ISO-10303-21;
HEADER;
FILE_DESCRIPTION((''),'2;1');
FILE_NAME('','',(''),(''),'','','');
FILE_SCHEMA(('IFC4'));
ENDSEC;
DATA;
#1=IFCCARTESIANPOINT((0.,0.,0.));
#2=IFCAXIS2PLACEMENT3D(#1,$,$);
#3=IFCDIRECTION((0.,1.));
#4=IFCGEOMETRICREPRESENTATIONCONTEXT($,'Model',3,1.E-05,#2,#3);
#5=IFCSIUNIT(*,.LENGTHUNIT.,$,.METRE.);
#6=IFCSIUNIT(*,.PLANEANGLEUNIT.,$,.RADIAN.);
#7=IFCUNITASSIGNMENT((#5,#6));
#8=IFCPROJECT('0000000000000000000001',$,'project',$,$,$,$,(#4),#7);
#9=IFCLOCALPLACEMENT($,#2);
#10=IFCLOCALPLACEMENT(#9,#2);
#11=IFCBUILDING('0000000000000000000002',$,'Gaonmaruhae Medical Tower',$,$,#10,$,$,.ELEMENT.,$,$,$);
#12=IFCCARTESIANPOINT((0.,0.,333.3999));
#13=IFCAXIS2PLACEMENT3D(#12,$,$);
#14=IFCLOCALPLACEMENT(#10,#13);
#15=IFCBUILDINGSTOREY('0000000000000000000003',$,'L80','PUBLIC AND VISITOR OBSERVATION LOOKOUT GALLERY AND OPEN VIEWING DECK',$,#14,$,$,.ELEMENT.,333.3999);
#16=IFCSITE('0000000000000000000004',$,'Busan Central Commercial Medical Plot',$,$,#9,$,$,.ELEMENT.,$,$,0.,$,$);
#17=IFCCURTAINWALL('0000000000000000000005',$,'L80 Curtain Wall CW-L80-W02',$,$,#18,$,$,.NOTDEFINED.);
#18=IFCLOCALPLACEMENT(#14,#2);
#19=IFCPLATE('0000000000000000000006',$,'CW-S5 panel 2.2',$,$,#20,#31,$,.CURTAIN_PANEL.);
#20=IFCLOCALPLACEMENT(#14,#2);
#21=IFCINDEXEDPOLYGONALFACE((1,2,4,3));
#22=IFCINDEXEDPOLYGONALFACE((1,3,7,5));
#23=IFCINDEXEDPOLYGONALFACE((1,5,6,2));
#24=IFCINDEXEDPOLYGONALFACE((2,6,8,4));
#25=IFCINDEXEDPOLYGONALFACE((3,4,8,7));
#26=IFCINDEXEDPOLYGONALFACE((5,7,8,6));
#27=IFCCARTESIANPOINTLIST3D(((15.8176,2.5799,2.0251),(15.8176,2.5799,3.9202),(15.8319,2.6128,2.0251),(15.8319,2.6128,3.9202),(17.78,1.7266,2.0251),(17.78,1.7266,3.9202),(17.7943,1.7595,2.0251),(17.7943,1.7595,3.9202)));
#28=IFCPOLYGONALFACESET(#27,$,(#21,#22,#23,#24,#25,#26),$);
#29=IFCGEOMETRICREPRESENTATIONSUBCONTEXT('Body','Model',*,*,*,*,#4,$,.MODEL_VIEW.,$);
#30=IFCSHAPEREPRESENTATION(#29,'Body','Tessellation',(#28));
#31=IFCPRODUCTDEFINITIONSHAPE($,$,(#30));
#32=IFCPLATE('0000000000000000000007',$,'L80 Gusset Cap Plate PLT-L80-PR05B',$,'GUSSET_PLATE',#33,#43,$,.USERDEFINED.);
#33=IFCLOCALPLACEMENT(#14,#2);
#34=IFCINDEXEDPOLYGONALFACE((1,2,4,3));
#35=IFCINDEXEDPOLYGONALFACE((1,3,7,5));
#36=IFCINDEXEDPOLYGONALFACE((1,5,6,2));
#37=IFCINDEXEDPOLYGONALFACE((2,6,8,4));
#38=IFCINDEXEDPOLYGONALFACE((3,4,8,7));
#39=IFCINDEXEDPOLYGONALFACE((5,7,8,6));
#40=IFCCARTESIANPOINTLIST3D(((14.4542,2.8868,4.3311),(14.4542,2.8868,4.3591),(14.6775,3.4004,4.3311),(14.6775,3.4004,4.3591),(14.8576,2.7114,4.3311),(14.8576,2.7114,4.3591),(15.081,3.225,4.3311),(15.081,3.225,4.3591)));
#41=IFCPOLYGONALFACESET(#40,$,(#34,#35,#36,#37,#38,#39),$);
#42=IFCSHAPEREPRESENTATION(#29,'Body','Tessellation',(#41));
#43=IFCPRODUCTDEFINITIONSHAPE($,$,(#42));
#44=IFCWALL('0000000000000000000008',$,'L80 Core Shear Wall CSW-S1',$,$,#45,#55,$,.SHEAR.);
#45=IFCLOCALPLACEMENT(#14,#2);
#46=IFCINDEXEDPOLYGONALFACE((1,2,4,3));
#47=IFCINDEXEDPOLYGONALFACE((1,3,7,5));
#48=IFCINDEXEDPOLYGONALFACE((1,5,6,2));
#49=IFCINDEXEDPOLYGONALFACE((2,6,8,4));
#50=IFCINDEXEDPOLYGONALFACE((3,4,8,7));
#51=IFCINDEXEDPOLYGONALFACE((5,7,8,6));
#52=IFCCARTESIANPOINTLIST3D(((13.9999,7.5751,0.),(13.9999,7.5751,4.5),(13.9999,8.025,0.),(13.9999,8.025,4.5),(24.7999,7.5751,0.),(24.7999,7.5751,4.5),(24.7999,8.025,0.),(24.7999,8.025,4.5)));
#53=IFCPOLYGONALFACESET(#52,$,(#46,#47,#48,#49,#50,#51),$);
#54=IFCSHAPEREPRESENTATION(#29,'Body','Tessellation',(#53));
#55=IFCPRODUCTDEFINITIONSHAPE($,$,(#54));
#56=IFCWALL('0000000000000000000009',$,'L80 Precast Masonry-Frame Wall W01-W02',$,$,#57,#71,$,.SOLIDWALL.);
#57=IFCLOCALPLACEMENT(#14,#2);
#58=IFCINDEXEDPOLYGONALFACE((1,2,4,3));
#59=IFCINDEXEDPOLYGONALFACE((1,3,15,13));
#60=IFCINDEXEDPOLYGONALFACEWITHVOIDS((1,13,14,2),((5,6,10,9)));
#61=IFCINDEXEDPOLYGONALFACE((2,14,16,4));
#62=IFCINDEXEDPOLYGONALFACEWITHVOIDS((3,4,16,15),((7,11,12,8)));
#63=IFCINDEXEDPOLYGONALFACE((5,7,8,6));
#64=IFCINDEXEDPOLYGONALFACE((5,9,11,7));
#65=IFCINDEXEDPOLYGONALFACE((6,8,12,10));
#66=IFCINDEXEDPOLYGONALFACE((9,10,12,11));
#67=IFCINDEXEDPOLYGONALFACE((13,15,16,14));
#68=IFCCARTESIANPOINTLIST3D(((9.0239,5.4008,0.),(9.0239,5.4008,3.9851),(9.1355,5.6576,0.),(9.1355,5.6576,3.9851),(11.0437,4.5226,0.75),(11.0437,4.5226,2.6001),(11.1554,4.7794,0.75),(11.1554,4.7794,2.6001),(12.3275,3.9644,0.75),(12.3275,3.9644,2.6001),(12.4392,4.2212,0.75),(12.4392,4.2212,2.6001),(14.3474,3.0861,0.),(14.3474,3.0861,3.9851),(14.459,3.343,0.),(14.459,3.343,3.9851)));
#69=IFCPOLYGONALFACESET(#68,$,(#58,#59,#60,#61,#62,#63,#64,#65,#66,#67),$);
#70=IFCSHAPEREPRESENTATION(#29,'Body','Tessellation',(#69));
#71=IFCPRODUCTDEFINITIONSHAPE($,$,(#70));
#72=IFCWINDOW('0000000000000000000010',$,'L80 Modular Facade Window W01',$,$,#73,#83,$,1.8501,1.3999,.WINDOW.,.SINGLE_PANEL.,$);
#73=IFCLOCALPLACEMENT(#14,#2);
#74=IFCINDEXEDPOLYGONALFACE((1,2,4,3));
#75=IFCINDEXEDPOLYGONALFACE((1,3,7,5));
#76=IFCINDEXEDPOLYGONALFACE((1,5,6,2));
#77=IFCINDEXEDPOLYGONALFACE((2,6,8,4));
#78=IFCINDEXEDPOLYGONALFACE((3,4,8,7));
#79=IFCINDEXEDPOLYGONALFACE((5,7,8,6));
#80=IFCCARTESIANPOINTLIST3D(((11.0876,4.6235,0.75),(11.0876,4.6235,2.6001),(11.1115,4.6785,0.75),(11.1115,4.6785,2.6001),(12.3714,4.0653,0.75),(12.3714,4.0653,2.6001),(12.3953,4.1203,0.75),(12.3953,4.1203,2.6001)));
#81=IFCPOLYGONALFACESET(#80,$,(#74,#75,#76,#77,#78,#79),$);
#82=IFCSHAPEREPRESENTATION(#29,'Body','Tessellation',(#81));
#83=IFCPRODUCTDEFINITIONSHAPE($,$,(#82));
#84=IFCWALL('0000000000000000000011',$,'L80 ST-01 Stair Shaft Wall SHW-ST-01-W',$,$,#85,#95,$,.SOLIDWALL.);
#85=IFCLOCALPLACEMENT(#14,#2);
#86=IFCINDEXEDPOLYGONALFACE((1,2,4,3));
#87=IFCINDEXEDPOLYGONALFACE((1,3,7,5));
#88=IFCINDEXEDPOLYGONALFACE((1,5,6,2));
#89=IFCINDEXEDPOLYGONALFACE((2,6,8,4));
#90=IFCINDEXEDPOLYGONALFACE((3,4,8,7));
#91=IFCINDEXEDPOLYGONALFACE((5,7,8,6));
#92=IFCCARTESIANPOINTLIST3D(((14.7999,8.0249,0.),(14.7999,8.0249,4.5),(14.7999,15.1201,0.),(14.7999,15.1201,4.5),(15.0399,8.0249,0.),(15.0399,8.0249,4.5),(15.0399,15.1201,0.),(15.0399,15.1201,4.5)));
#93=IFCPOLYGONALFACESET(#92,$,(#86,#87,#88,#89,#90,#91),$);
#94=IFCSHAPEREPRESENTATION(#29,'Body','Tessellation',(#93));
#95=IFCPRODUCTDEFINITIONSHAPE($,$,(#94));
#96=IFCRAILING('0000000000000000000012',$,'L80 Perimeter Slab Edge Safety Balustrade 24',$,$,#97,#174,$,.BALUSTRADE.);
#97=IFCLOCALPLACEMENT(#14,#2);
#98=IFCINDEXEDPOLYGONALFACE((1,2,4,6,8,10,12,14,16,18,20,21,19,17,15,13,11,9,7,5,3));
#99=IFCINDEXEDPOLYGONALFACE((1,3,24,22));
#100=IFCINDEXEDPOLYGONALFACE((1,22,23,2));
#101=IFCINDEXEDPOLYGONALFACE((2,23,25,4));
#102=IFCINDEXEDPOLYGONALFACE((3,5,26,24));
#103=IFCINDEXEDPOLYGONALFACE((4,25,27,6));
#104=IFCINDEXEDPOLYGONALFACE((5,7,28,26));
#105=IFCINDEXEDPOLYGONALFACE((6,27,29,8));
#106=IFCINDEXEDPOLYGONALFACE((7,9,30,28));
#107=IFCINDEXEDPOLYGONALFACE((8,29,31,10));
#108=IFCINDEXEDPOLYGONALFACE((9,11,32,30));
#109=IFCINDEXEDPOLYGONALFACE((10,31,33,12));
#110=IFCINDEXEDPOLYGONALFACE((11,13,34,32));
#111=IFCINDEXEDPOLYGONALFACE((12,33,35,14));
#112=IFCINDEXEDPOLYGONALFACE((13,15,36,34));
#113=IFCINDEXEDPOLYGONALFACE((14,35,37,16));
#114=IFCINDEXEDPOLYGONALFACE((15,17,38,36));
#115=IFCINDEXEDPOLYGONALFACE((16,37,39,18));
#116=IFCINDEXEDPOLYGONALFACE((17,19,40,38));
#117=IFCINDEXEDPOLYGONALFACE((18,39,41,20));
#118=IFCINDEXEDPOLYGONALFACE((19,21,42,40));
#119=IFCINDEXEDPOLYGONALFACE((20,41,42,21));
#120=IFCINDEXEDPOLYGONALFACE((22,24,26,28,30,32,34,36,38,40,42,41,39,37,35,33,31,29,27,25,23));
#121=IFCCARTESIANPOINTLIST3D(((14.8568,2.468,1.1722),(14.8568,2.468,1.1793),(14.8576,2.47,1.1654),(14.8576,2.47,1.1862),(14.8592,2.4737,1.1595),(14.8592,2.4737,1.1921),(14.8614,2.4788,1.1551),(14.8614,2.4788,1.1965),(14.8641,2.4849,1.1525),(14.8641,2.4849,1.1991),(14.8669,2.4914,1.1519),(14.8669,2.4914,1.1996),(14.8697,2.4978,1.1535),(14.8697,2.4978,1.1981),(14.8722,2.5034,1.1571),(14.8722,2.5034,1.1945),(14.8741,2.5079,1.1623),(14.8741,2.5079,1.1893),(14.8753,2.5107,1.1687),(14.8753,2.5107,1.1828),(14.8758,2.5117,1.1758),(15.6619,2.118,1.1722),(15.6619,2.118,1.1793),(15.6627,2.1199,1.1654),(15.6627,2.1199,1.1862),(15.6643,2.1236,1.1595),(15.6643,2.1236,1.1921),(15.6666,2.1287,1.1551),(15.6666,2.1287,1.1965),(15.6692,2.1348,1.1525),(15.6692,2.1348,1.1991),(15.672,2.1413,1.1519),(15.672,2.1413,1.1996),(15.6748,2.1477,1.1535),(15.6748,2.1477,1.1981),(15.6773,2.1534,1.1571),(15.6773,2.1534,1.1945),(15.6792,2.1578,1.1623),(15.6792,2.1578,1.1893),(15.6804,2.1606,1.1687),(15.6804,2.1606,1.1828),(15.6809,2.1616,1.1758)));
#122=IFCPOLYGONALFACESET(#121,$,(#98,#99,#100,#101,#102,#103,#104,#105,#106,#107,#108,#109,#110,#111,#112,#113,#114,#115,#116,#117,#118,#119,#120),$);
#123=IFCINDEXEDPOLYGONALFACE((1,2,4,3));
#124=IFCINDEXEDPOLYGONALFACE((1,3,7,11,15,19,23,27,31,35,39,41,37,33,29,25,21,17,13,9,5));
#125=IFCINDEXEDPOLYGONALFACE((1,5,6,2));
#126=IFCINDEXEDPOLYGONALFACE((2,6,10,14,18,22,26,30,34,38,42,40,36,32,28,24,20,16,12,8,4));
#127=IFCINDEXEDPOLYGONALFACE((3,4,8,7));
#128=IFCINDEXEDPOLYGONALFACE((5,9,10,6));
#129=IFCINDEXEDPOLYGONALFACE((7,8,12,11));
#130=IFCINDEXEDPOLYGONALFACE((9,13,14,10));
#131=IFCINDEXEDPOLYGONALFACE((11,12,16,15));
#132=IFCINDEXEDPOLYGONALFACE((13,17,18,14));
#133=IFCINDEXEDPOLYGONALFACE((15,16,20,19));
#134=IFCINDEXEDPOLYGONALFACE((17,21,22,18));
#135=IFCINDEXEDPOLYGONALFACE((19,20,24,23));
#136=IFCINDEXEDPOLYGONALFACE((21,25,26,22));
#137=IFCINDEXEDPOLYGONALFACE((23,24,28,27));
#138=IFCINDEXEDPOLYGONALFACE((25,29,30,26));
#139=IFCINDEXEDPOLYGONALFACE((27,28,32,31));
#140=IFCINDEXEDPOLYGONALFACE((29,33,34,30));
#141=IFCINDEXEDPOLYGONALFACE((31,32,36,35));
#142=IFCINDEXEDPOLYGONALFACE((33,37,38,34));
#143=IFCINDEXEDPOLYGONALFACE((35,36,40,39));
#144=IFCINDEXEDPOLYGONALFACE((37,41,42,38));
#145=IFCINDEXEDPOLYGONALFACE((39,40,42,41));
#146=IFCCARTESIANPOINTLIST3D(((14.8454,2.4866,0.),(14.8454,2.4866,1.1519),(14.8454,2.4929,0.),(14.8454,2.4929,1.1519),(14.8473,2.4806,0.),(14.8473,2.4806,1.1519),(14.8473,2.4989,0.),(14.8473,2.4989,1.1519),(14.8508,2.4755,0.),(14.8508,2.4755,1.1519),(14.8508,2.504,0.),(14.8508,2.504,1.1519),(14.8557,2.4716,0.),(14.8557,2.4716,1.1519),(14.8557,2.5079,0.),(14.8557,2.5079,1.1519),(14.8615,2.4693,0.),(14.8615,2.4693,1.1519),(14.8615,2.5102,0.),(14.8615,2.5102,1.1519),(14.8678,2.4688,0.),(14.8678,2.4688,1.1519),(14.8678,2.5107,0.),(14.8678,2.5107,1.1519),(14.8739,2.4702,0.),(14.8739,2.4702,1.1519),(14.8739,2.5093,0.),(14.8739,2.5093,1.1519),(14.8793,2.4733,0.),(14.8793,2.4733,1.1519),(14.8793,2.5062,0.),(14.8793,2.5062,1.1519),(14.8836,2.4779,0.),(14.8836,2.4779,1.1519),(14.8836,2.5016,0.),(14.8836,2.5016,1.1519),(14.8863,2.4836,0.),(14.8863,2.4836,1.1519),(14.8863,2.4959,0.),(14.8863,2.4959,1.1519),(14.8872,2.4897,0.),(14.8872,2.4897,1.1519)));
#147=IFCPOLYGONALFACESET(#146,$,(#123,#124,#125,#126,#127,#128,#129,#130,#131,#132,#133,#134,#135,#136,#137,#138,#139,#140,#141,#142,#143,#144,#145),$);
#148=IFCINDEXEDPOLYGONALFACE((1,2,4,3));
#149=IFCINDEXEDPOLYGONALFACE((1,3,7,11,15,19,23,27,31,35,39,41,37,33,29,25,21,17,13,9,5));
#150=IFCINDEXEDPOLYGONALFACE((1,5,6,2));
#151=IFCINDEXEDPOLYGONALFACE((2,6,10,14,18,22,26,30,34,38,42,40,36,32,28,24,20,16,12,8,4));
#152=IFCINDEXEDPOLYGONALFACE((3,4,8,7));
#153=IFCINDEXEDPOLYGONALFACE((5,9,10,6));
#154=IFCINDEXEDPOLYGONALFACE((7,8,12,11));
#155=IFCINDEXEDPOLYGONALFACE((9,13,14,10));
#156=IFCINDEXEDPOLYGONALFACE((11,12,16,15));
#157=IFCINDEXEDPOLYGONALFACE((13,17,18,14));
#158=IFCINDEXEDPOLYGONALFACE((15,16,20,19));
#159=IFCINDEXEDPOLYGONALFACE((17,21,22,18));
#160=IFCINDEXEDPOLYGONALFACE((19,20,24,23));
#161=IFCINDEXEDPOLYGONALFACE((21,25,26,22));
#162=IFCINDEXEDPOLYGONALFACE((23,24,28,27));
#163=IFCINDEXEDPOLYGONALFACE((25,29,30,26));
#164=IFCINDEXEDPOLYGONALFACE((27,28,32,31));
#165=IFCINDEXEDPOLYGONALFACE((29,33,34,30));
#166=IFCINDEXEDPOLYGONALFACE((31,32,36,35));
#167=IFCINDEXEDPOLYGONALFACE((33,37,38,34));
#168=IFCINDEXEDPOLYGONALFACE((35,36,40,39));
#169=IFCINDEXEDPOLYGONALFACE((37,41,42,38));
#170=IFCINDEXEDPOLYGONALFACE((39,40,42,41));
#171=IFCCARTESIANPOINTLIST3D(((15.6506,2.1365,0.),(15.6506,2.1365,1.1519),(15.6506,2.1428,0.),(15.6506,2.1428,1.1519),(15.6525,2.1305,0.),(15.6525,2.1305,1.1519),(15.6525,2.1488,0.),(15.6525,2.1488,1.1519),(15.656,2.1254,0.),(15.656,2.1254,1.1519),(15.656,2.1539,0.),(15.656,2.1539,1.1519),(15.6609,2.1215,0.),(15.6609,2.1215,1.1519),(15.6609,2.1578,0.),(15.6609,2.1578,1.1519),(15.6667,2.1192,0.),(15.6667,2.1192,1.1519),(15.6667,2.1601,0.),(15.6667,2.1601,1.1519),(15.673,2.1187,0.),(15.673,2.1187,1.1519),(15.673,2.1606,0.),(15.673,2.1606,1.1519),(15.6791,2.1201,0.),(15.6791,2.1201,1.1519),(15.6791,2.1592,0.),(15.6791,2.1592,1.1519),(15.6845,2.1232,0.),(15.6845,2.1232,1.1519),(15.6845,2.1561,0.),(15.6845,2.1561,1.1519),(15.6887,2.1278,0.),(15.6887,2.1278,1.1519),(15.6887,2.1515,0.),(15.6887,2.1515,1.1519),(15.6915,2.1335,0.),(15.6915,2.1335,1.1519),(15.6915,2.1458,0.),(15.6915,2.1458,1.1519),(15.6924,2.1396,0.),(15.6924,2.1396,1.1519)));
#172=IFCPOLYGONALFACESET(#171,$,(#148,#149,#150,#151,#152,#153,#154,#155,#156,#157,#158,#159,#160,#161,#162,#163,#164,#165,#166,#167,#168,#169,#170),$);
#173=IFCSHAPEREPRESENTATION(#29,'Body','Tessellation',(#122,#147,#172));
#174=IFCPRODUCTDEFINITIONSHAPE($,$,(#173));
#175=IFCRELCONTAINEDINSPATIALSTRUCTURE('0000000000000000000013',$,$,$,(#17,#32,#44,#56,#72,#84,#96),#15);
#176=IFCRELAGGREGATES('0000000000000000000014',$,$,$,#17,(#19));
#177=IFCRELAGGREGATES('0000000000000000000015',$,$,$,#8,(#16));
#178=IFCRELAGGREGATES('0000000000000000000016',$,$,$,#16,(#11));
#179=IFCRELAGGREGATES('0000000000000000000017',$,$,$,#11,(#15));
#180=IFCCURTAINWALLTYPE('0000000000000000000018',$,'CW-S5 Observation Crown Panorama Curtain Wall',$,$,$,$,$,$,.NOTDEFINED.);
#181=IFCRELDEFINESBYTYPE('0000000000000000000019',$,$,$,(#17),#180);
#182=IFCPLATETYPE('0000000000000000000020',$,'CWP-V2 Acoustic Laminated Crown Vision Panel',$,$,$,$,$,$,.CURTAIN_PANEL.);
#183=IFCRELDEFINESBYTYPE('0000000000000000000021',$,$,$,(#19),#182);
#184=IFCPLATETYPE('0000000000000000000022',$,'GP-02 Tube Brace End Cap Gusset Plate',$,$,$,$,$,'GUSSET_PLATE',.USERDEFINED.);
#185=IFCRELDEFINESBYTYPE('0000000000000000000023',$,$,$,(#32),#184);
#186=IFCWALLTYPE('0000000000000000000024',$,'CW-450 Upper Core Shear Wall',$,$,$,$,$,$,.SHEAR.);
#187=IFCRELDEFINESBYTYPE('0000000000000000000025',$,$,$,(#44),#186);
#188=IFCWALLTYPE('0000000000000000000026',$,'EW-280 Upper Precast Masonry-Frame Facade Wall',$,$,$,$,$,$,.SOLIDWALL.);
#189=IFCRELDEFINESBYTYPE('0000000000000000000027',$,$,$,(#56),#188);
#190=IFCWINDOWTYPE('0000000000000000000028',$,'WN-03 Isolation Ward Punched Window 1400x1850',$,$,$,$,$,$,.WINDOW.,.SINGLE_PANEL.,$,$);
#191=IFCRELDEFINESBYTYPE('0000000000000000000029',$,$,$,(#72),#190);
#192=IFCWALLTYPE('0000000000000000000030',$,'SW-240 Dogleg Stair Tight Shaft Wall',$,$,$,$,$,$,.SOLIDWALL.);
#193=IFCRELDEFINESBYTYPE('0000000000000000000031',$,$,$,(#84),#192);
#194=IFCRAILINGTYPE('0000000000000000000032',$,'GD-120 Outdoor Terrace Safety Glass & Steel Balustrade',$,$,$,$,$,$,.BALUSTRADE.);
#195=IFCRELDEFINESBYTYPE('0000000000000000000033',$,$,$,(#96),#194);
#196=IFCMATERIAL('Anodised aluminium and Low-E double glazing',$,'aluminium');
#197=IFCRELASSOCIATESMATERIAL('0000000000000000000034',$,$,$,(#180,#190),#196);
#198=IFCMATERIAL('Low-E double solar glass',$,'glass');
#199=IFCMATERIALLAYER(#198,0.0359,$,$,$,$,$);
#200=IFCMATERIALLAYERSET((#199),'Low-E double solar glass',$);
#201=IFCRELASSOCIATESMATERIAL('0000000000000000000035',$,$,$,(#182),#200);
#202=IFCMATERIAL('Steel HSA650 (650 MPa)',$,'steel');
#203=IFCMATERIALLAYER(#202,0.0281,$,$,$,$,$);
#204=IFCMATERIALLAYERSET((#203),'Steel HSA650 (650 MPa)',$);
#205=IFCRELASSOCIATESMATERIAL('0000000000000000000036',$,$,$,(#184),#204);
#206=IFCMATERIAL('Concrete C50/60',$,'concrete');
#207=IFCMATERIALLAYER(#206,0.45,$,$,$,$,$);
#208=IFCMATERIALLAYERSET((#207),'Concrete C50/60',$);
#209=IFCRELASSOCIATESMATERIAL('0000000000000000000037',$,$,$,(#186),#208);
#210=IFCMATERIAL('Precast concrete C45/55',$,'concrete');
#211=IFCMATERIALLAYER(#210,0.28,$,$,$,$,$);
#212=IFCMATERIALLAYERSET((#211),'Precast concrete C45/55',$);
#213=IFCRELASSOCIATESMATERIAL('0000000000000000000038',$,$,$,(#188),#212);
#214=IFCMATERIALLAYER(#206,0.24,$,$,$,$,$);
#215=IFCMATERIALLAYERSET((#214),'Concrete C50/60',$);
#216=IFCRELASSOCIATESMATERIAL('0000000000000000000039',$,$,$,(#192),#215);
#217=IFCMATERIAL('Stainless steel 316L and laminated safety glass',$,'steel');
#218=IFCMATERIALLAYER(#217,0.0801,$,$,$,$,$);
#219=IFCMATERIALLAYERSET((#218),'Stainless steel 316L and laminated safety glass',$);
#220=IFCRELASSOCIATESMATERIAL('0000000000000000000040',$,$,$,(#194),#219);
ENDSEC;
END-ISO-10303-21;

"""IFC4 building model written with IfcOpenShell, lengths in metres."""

from ifc_helpers import new_model, si_unit, direction, frame, frame_2d, origin, origin_2d, place, context, subcontext, project, spatial, rectangle, circle, extrude, material, layer, layer_set, type_object, element, fill, aggregate, save


model = new_model("IFC4")

# Units and contexts
model_context = context("Model", 3, precision=1e-05, world=origin(), true_north=direction((0.0, 1.0)))
body_context = subcontext(model_context, "Body", "Model", "MODEL_VIEW")
ifc_project = project(units=[si_unit("LENGTHUNIT", "METRE"), si_unit("PLANEANGLEUNIT", "RADIAN")], contexts=[model_context])

# Site, building, storey
site_placement = place(None, origin())
site = spatial("IfcSite", under=ifc_project, at=site_placement, Name="Busan Central Commercial Medical Plot", CompositionType="ELEMENT", RefElevation=0.0)
building_placement = place(site_placement, origin())
building = spatial("IfcBuilding", under=site, at=building_placement, Name="Gaonmaruhae Medical Tower", CompositionType="ELEMENT")
storey_placement = place(building_placement, frame((0.0, 0.0, 333.3999)))
storey = spatial("IfcBuildingStorey", under=building, at=storey_placement, Name="L80", Description="PUBLIC AND VISITOR OBSERVATION LOOKOUT GALLERY AND OPEN VIEWING DECK", CompositionType="ELEMENT", Elevation=333.3999)

# Shared definitions
ifc_material_1 = material(Name="Concrete C50/60", Category="concrete")

# Curtain wall
ifc_material_2 = material(Name="Anodised aluminium and Low-E double glazing", Category="aluminium")
curtain_wall_type = type_object("IfcCurtainWallType", Name="CW-S5 Observation Crown Panorama Curtain Wall", PredefinedType="NOTDEFINED", material=ifc_material_2)
curtain_wall_placement = place(storey_placement, origin())
curtain_wall = element("IfcCurtainWall", 1, at=curtain_wall_placement, inside=storey, type_object=curtain_wall_type, Name="L80 Curtain Wall CW-L80-W02", PredefinedType="NOTDEFINED")

# Plates
ifc_material_3 = material(Name="Low-E double solar glass", Category="glass")
ifc_layer_1 = layer(ifc_material_3, 0.0359)
ifc_layer_set_1 = layer_set([ifc_layer_1], Name="Low-E double solar glass")
plate_type_1 = type_object("IfcPlateType", Name="CWP-V2 Acoustic Laminated Crown Vision Panel", PredefinedType="CURTAIN_PANEL", material=ifc_layer_set_1)
plate_1_placement = place(storey_placement, frame((16.8059, 2.1697, 2.0251), z_axis=(0.0, 0.0, 1.0), x_axis=(-0.917055, 0.39876, 0.0)))
plate_1 = element("IfcPlate", 2, at=plate_1_placement, type_object=plate_type_1, Name="CW-S5 panel 2.2", PredefinedType="CURTAIN_PANEL", context=body_context, shape_type="SweptSolid", body=[
    extrude(rectangle(XDim=2.1399, YDim=0.0359, at=origin_2d()), origin(), (0.0, 0.0, 1.0), 1.895),
])
aggregate(curtain_wall, [plate_1])
ifc_material_4 = material(Name="Steel HSA650 (650 MPa)", Category="steel")
ifc_layer_2 = layer(ifc_material_4, 0.0281)
ifc_layer_set_2 = layer_set([ifc_layer_2], Name="Steel HSA650 (650 MPa)")
plate_type_2 = type_object("IfcPlateType", Name="GP-02 Tube Brace End Cap Gusset Plate", ElementType="GUSSET_PLATE", PredefinedType="USERDEFINED", material=ifc_layer_set_2)
plate_2_placement = place(storey_placement, frame((14.7676, 3.0559, 4.3311), z_axis=(0.0, 0.0, 1.0), x_axis=(0.398749, 0.91706, 0.0)))
element("IfcPlate", 3, at=plate_2_placement, inside=storey, type_object=plate_type_2, Name="L80 Gusset Cap Plate PLT-L80-PR05B", ObjectType="GUSSET_PLATE", PredefinedType="USERDEFINED", context=body_context, shape_type="SweptSolid", body=[
    extrude(rectangle(XDim=0.5601, YDim=0.4399, at=origin_2d()), origin(), (0.0, 0.0, 1.0), 0.0281),
])

# Wall
ifc_layer_3 = layer(ifc_material_1, 0.45)
ifc_layer_set_3 = layer_set([ifc_layer_3], Name="Concrete C50/60")
wall_type_1 = type_object("IfcWallType", Name="CW-450 Upper Core Shear Wall", PredefinedType="SHEAR", material=ifc_layer_set_3)
wall_1_placement = place(storey_placement, frame((14.0, 7.8, 0.0), z_axis=(0.0, 0.0, 1.0), x_axis=(1.0, 0.0, 0.0)))
element("IfcWall", 4, at=wall_1_placement, inside=storey, type_object=wall_type_1, Name="L80 Core Shear Wall CSW-S1", PredefinedType="SHEAR", context=body_context, shape_type="SweptSolid", body=[
    extrude(rectangle(XDim=10.8, YDim=0.45, at=frame_2d((5.3999, 0.0))), origin(), (0.0, 0.0, 1.0), 4.5),
])

# Wall, opening, window
ifc_material_5 = material(Name="Precast concrete C45/55", Category="concrete")
ifc_layer_4 = layer(ifc_material_5, 0.28)
ifc_layer_set_4 = layer_set([ifc_layer_4], Name="Precast concrete C45/55")
wall_type_2 = type_object("IfcWallType", Name="EW-280 Upper Precast Masonry-Frame Facade Wall", PredefinedType="SOLIDWALL", material=ifc_layer_set_4)
wall_2_placement = place(storey_placement, frame((14.4031, 3.2146, 0.0), z_axis=(0.0, 0.0, 1.0), x_axis=(-0.917061, 0.398746, 0.0)))
wall_2 = element("IfcWall", 5, at=wall_2_placement, inside=storey, type_object=wall_type_2, Name="L80 Precast Masonry-Frame Wall W01-W02", PredefinedType="SOLIDWALL", context=body_context, shape_type="SweptSolid", body=[
    extrude(rectangle(XDim=5.8049, YDim=0.28, at=frame_2d((2.9023, 0.0))), origin(), (0.0, 0.0, 1.0), 3.9851),
])
opening_placement = place(wall_2_placement, frame((2.2024, 0.0, 0.75)))
opening = element("IfcOpeningElement", 6, at=opening_placement, cuts=wall_2, PredefinedType="OPENING", context=body_context, shape_type="SweptSolid", body=[
    extrude(rectangle(XDim=1.3999, YDim=1.8501, at=frame_2d((0.7, 0.925))), frame((0.0, 0.1499, 0.0), z_axis=(0.0, -1.0, 0.0), x_axis=(1.0, 0.0, 0.0)), (0.0, 0.0, 1.0), 0.3),
])
window_type = type_object("IfcWindowType", Name="WN-03 Isolation Ward Punched Window 1400x1850", PartitioningType="SINGLE_PANEL", PredefinedType="WINDOW", material=ifc_material_2)
window_placement = place(opening_placement, origin())
window = element("IfcWindow", 7, at=window_placement, inside=storey, type_object=window_type, Name="L80 Modular Facade Window W01", OverallHeight=1.8501, OverallWidth=1.3999, PartitioningType="SINGLE_PANEL", PredefinedType="WINDOW", context=body_context, shape_type="SweptSolid", body=[
    extrude(rectangle(XDim=1.3999, YDim=1.8501, at=frame_2d((0.7, 0.925))), frame((0.0, 0.03, 0.0), z_axis=(0.0, -1.0, 0.0), x_axis=(1.0, 0.0, 0.0)), (0.0, 0.0, 1.0), 0.0601),
])
fill(opening, window)

# Wall
ifc_layer_5 = layer(ifc_material_1, 0.24)
ifc_layer_set_5 = layer_set([ifc_layer_5], Name="Concrete C50/60")
wall_type_3 = type_object("IfcWallType", Name="SW-240 Dogleg Stair Tight Shaft Wall", PredefinedType="SOLIDWALL", material=ifc_layer_set_5)
wall_3_placement = place(storey_placement, frame((14.9199, 8.0249, 0.0), z_axis=(0.0, 0.0, 1.0), x_axis=(0.0, 1.0, 0.0)))
element("IfcWall", 8, at=wall_3_placement, inside=storey, type_object=wall_type_3, Name="L80 ST-01 Stair Shaft Wall SHW-ST-01-W", PredefinedType="SOLIDWALL", context=body_context, shape_type="SweptSolid", body=[
    extrude(rectangle(XDim=7.0952, YDim=0.24, at=frame_2d((3.5476, 0.0))), origin(), (0.0, 0.0, 1.0), 4.5),
])

# Railing
ifc_material_6 = material(Name="Stainless steel 316L and laminated safety glass", Category="steel")
ifc_layer_6 = layer(ifc_material_6, 0.0801)
ifc_layer_set_6 = layer_set([ifc_layer_6], Name="Stainless steel 316L and laminated safety glass")
railing_type_1 = type_object("IfcRailingType", Name="GD-120 Outdoor Terrace Safety Glass & Steel Balustrade", PredefinedType="BALUSTRADE", material=ifc_layer_set_6)
for number, where, name in (
    (9, (14.8662, 2.4897, 0.0), "L80 Perimeter Slab Edge Safety Balustrade 24"),
):
    element("IfcRailing", number, at=place(storey_placement, frame(where)), inside=storey, type_object=railing_type_1, Name=name, PredefinedType="BALUSTRADE", context=body_context, shape_type="SweptSolid", body=[
        extrude(circle(Radius=0.0239, at=origin_2d()), frame((0.0, 0.0, 1.1758), z_axis=(0.917061, -0.398746, 0.0), x_axis=(0.398746, 0.917061, 0.0)), (0.0, 0.0, 1.0), 0.8779),
        extrude(circle(Radius=0.021, at=origin_2d()), origin(), (0.0, 0.0, 1.0), 1.1519),
        extrude(circle(Radius=0.021, at=origin_2d()), frame((0.8052, -0.3501, 0.0)), (0.0, 0.0, 1.0), 1.1519),
    ])

save(model, "model.ifc")
